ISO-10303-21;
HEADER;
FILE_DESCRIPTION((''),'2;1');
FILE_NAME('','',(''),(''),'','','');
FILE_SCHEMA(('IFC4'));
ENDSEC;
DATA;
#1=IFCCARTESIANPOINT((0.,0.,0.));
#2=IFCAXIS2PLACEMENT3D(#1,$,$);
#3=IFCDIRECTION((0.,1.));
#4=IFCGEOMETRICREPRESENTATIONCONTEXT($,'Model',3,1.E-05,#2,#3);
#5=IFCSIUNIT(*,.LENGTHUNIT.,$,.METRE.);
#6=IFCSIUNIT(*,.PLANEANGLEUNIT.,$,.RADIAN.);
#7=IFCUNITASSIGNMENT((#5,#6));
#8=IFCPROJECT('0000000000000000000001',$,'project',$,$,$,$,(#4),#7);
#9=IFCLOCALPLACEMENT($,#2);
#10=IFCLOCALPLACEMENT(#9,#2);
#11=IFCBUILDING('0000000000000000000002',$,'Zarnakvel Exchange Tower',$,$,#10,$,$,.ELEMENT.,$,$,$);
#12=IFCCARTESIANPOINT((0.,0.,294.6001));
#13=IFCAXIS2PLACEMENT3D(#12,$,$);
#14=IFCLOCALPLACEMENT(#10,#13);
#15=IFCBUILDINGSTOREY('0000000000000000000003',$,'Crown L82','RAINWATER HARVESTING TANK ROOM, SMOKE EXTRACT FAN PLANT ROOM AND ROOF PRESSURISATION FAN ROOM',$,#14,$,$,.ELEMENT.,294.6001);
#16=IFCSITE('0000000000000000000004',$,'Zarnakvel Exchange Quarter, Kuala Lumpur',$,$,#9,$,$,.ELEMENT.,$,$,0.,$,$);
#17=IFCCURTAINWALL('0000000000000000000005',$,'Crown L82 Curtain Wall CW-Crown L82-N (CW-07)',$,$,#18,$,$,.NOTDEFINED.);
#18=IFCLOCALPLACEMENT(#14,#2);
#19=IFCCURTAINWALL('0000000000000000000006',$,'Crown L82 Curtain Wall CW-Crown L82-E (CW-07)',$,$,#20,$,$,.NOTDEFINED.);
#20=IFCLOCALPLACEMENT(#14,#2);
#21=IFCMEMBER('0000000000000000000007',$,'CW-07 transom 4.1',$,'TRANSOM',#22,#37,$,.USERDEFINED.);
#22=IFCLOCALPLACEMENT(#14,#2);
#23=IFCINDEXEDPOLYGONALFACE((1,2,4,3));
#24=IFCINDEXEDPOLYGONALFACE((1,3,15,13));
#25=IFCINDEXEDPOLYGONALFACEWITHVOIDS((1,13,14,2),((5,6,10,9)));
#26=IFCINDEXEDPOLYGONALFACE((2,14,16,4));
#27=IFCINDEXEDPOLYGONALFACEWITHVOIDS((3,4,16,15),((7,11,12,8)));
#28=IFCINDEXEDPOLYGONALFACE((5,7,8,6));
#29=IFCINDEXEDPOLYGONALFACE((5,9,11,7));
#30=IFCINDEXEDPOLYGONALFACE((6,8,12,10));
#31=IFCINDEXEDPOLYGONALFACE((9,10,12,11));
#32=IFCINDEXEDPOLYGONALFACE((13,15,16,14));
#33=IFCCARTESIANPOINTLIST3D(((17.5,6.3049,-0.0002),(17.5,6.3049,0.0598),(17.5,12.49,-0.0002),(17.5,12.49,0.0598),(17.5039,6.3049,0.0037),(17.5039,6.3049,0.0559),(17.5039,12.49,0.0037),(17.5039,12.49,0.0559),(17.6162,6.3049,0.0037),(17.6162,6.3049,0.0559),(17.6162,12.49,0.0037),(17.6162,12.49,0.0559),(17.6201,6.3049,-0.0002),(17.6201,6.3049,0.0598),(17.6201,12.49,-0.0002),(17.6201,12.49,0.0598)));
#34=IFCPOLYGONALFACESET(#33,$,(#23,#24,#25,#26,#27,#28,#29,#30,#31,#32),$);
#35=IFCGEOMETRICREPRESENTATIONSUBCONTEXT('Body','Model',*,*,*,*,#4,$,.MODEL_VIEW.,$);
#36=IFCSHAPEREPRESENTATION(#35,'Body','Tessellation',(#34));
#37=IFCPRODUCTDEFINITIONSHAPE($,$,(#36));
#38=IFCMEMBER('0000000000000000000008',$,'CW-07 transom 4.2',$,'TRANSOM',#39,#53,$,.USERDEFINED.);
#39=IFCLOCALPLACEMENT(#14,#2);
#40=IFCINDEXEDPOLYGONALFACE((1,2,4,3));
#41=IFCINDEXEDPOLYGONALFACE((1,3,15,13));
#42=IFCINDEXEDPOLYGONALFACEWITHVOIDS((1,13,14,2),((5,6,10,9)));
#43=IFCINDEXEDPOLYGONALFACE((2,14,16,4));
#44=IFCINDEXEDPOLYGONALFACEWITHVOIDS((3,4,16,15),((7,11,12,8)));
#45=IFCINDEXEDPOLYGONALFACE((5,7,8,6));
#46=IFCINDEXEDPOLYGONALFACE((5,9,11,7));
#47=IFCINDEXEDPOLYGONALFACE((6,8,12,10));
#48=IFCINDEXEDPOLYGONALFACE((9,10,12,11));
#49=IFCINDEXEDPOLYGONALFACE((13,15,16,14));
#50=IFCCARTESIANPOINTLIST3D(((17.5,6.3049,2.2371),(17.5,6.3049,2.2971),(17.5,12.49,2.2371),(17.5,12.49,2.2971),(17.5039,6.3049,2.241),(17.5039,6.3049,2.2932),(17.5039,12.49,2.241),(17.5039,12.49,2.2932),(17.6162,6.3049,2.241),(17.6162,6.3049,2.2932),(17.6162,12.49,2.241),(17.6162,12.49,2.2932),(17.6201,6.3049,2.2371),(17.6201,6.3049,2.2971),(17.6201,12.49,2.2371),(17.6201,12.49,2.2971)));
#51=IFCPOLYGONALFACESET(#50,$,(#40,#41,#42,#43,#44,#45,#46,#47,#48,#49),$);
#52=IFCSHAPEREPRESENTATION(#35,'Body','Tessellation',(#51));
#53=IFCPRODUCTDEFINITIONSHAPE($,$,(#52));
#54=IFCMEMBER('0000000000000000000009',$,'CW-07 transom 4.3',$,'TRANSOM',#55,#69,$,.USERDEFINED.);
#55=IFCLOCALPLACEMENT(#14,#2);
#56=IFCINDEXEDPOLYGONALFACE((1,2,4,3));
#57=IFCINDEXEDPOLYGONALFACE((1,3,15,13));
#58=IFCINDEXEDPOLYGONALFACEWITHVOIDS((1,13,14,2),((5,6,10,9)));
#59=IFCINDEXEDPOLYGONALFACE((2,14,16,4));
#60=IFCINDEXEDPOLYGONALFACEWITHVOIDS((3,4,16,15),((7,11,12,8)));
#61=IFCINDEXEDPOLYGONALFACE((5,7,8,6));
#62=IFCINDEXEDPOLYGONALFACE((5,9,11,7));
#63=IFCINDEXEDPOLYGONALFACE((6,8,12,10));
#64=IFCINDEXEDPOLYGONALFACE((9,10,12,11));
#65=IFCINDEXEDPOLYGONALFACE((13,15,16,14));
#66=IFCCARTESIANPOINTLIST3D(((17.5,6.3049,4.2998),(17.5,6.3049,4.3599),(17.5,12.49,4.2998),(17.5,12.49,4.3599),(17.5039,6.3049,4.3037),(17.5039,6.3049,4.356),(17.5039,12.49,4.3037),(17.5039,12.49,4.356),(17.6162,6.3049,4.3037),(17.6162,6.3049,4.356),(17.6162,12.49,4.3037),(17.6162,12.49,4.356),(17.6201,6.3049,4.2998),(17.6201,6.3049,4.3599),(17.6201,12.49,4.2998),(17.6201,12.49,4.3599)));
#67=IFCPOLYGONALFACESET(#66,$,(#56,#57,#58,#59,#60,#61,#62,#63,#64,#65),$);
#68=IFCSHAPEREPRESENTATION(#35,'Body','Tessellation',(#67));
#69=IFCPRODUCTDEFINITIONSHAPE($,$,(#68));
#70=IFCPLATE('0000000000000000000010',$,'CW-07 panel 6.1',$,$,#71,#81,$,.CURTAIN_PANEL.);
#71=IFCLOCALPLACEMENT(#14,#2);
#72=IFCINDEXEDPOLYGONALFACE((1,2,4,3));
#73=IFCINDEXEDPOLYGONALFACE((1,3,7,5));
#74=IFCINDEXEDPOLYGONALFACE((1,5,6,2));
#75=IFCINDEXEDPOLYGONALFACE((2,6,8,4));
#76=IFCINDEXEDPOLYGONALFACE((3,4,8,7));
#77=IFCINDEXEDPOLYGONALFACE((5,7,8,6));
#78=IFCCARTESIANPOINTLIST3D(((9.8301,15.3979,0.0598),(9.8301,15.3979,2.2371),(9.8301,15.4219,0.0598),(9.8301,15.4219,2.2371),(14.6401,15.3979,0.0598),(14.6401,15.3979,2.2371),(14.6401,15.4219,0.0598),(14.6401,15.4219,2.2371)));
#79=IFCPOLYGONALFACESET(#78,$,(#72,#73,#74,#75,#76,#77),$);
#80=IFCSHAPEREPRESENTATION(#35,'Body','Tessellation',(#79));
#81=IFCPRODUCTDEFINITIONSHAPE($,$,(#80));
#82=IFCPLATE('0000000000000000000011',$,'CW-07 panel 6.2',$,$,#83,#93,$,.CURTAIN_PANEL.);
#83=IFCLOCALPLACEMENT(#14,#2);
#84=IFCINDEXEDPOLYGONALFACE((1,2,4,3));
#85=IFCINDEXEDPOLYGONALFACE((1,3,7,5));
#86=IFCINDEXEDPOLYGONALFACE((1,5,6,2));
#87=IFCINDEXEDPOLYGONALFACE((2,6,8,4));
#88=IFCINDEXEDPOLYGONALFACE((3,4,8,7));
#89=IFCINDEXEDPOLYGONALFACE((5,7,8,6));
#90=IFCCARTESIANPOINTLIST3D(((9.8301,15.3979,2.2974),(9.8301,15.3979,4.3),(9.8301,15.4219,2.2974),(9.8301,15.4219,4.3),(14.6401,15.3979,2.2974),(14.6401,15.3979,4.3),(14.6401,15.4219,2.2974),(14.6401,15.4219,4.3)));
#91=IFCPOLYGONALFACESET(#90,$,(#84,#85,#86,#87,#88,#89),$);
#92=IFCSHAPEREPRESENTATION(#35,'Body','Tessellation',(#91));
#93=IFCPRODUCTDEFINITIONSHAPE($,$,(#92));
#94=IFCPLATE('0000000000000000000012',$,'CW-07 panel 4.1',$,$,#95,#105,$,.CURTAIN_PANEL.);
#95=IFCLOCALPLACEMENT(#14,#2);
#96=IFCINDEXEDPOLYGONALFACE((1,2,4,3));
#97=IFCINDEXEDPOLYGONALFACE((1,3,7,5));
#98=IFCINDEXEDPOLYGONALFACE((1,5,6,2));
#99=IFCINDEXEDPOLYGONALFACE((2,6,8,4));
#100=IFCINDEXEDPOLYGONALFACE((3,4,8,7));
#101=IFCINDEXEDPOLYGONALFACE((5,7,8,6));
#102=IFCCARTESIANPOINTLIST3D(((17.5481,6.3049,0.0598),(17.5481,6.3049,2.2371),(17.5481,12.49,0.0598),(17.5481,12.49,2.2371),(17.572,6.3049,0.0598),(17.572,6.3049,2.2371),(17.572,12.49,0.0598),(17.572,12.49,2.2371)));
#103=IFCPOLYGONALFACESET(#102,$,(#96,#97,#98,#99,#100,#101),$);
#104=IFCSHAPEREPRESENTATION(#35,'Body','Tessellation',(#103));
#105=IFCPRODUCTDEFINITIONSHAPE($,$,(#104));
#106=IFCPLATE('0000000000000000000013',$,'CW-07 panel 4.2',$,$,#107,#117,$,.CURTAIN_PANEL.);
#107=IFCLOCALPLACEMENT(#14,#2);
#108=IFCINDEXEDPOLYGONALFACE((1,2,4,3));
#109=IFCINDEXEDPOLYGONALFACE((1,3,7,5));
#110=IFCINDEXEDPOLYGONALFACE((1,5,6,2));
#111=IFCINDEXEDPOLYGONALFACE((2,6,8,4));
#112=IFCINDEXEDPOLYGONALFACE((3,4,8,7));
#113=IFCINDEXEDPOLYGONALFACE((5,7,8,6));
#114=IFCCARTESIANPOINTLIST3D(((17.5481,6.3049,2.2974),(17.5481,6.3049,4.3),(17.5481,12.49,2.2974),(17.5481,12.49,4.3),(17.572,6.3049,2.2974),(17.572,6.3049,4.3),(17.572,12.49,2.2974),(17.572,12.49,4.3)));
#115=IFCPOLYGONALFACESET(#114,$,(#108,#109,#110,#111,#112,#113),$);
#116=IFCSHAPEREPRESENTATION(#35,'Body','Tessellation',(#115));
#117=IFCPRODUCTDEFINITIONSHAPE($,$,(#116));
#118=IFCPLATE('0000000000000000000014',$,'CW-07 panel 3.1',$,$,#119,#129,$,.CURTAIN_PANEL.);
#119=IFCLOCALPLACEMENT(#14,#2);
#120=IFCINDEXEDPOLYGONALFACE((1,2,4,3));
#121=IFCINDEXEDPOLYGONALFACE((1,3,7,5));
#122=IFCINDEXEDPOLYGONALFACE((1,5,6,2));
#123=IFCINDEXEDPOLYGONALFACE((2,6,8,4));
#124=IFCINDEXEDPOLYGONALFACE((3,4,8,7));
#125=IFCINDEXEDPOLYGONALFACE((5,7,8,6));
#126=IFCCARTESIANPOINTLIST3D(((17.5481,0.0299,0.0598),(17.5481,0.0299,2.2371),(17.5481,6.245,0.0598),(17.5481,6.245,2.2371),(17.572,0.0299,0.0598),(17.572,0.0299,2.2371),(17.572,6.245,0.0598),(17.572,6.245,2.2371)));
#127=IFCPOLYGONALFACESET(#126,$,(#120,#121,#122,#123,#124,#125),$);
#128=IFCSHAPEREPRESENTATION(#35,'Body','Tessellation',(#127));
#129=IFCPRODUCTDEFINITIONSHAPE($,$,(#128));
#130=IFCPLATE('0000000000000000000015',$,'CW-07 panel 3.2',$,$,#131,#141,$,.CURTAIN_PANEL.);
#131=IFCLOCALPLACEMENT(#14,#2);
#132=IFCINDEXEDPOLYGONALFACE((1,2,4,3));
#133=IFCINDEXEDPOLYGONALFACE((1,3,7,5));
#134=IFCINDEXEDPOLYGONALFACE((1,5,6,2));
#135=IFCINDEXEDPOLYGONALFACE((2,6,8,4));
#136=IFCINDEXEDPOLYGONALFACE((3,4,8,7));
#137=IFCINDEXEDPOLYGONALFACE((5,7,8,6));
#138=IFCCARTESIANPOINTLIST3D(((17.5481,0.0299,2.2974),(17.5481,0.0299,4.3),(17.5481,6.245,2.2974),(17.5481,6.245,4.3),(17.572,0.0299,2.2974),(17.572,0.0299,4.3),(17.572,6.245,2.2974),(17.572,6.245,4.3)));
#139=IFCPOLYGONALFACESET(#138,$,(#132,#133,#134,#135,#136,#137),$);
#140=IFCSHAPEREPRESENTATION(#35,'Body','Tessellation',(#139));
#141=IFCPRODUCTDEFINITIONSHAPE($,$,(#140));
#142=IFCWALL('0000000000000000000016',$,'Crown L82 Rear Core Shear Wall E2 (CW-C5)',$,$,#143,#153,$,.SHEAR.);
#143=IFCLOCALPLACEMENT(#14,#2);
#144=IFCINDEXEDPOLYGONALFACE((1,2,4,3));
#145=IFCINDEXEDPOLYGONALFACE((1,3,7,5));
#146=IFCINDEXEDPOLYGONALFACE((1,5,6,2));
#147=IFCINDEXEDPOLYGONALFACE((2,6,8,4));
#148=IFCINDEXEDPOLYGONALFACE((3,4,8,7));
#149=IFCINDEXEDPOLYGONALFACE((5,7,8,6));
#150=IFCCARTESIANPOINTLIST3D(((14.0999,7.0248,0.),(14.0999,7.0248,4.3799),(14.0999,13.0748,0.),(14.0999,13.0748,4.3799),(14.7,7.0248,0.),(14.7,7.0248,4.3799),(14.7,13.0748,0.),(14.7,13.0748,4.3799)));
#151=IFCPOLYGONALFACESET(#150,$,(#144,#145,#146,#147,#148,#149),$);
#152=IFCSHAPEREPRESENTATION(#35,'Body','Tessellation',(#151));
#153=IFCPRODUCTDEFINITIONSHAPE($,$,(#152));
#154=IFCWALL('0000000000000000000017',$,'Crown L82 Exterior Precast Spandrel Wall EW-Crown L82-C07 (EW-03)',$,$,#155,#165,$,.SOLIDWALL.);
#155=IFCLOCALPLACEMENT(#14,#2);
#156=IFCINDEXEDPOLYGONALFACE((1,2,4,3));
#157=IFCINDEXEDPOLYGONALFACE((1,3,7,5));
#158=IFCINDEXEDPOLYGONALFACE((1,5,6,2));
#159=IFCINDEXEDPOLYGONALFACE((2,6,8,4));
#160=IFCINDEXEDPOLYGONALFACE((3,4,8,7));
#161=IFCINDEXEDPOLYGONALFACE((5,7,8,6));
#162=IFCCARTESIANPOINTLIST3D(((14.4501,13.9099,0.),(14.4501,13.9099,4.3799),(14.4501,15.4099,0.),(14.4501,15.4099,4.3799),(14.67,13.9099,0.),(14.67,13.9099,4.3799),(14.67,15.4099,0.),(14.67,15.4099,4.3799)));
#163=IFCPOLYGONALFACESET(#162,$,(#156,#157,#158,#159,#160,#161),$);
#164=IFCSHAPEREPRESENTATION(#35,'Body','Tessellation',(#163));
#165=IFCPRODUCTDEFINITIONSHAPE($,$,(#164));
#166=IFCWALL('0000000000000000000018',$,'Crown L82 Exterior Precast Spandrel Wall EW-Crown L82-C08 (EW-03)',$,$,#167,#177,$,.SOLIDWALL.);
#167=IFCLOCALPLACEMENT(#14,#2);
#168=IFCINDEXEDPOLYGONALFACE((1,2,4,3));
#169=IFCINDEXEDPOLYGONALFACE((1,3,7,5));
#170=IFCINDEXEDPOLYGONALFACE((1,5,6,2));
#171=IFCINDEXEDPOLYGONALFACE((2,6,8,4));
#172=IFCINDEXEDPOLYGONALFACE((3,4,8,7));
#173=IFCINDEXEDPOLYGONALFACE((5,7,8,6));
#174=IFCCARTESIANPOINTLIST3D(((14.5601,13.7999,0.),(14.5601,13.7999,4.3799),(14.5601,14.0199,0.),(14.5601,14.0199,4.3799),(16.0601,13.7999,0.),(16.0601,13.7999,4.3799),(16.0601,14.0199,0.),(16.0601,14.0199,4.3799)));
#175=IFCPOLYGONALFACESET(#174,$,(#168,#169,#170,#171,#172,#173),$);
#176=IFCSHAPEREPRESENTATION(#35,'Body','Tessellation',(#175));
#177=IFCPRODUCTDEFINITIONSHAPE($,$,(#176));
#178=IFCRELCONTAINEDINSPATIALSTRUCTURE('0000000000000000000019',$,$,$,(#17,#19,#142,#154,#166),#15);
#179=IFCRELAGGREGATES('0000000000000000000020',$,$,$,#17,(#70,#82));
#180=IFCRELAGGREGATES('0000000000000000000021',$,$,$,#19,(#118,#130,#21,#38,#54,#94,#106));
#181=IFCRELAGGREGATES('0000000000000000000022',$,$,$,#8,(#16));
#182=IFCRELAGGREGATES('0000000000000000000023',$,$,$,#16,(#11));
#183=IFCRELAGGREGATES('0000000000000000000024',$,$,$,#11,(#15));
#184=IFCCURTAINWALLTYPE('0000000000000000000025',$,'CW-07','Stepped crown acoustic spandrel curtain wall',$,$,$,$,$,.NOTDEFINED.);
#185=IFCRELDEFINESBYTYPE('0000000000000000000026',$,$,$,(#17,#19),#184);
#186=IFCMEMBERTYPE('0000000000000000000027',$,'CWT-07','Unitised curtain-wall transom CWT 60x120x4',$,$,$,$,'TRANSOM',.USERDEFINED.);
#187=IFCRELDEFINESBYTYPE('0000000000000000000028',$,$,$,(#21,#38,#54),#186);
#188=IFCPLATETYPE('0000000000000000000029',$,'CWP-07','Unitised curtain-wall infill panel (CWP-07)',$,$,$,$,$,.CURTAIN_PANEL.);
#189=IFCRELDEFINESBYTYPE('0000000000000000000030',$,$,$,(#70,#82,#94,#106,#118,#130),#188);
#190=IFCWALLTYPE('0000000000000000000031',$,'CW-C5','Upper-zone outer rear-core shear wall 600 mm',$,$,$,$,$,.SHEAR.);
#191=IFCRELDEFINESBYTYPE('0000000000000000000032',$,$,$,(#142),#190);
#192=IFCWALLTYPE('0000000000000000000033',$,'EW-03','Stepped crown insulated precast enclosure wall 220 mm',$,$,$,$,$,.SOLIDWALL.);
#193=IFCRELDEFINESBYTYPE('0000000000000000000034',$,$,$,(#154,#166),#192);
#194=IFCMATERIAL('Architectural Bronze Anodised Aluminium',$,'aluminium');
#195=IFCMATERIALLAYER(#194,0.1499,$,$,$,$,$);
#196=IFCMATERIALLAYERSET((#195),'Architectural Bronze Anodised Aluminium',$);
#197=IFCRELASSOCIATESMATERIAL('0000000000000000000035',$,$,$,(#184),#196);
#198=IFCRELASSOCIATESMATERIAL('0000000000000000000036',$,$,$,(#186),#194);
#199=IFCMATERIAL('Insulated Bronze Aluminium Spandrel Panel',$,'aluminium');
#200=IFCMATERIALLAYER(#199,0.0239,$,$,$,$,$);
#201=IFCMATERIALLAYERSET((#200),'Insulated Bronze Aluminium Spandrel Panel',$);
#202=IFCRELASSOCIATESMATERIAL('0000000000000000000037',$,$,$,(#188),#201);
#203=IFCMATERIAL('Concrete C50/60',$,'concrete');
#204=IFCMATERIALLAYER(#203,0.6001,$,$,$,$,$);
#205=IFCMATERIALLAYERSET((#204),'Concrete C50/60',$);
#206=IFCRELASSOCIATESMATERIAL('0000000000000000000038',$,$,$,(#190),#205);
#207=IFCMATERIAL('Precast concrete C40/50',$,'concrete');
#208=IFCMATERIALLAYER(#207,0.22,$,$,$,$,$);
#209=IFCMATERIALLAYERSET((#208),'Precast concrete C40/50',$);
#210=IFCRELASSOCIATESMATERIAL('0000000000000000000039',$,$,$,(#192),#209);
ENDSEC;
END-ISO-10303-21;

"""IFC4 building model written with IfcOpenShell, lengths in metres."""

from ifc_helpers import new_model, si_unit, direction, frame, frame_2d, origin, origin_2d, place, context, subcontext, project, spatial, rectangle, hollow_rectangle, extrude, source, transform, mapped, material, layer, layer_set, material_profile, profile_set, type_object, element, aggregate, save


model = new_model("IFC4")

# Units and contexts
model_context = context("Model", 3, precision=1e-05, world=origin(), true_north=direction((0.0, 1.0)))
body_context = subcontext(model_context, "Body", "Model", "MODEL_VIEW")
ifc_project = project(units=[si_unit("LENGTHUNIT", "METRE"), si_unit("PLANEANGLEUNIT", "RADIAN")], contexts=[model_context])

# Site, building, storey
site_placement = place(None, origin())
site = spatial("IfcSite", under=ifc_project, at=site_placement, Name="Zarnakvel Exchange Quarter, Kuala Lumpur", CompositionType="ELEMENT", RefElevation=0.0)
building_placement = place(site_placement, origin())
building = spatial("IfcBuilding", under=site, at=building_placement, Name="Zarnakvel Exchange Tower", CompositionType="ELEMENT")
storey_placement = place(building_placement, frame((0.0, 0.0, 294.6001)))
storey = spatial("IfcBuildingStorey", under=building, at=storey_placement, Name="Crown L82", Description="RAINWATER HARVESTING TANK ROOM, SMOKE EXTRACT FAN PLANT ROOM AND ROOF PRESSURISATION FAN ROOM", CompositionType="ELEMENT", Elevation=294.6001)

# Shared definitions
ifc_material_1 = material(Name="Concrete C50/60", Category="concrete")

# Curtain wall
ifc_material_2 = material(Name="Architectural Bronze Anodised Aluminium", Category="aluminium")
ifc_layer_1 = layer(ifc_material_2, 0.1499)
ifc_layer_set_1 = layer_set([ifc_layer_1], Name="Architectural Bronze Anodised Aluminium")
curtain_wall_type = type_object("IfcCurtainWallType", Name="CW-07", Description="Stepped crown acoustic spandrel curtain wall", PredefinedType="NOTDEFINED", material=ifc_layer_set_1)
curtain_wall_1_placement = place(storey_placement, origin())
curtain_wall_1 = element("IfcCurtainWall", 1, at=curtain_wall_1_placement, inside=storey, type_object=curtain_wall_type, Name="Crown L82 Curtain Wall CW-Crown L82-N (CW-07)", PredefinedType="NOTDEFINED")

# Curtain wall, members
curtain_wall_2_placement = place(storey_placement, origin())
curtain_wall_2 = element("IfcCurtainWall", 2, at=curtain_wall_2_placement, inside=storey, type_object=curtain_wall_type, Name="Crown L82 Curtain Wall CW-Crown L82-E (CW-07)", PredefinedType="NOTDEFINED")
ifc_material_profile_1 = material_profile(ifc_material_2, hollow_rectangle(XDim=0.1201, YDim=0.0601, WallThickness=0.0039, at=origin_2d()))
ifc_profile_set_1 = profile_set([ifc_material_profile_1], Name="Architectural Bronze Anodised Aluminium")
member_type_1 = type_object("IfcMemberType", Name="CWT-07", Description="Unitised curtain-wall transom CWT 60x120x4", ElementType="TRANSOM", PredefinedType="USERDEFINED", material=ifc_profile_set_1)
shared_shape_1 = source(origin(), body_context, "Body", "SweptSolid", [
    extrude(hollow_rectangle(XDim=0.1201, YDim=0.0601, WallThickness=0.0039, at=origin_2d()), origin(), (0.0, 0.0, 1.0), 6.1851),
])
member_1_placement = place(storey_placement, frame((17.5601, 6.3049, 0.0298), z_axis=(0.0, 1.0, 0.0), x_axis=(-1.0, 0.0, 0.0)))
member_1 = element("IfcMember", 3, at=member_1_placement, type_object=member_type_1, Name="CW-07 transom 4.1", ObjectType="TRANSOM", PredefinedType="USERDEFINED", context=body_context, shape_type="MappedRepresentation", body=[
    mapped(shared_shape_1, transform((0.0, 0.0, 0.0), x_axis=(1.0, 0.0, 0.0), y_axis=(0.0, 1.0, 0.0), z_axis=(0.0, 0.0, 1.0), scale=1.0)),
])
member_2_placement = place(storey_placement, frame((17.5601, 6.3049, 2.2671), z_axis=(0.0, 1.0, 0.0), x_axis=(-1.0, 0.0, 0.0)))
member_2 = element("IfcMember", 4, at=member_2_placement, type_object=member_type_1, Name="CW-07 transom 4.2", ObjectType="TRANSOM", PredefinedType="USERDEFINED", context=body_context, shape_type="MappedRepresentation", body=[
    mapped(shared_shape_1, transform((0.0, 0.0, 0.0), x_axis=(1.0, 0.0, 0.0), y_axis=(0.0, 1.0, 0.0), z_axis=(0.0, 0.0, 1.0), scale=1.0)),
])
member_3_placement = place(storey_placement, frame((17.5601, 6.3049, 4.3298), z_axis=(0.0, 1.0, 0.0), x_axis=(-1.0, 0.0, 0.0)))
member_3 = element("IfcMember", 5, at=member_3_placement, type_object=member_type_1, Name="CW-07 transom 4.3", ObjectType="TRANSOM", PredefinedType="USERDEFINED", context=body_context, shape_type="MappedRepresentation", body=[
    mapped(shared_shape_1, transform((0.0, 0.0, 0.0), x_axis=(1.0, 0.0, 0.0), y_axis=(0.0, 1.0, 0.0), z_axis=(0.0, 0.0, 1.0), scale=1.0)),
])

# Plates
ifc_material_3 = material(Name="Insulated Bronze Aluminium Spandrel Panel", Category="aluminium")
ifc_layer_2 = layer(ifc_material_3, 0.0239)
ifc_layer_set_2 = layer_set([ifc_layer_2], Name="Insulated Bronze Aluminium Spandrel Panel")
plate_type = type_object("IfcPlateType", Name="CWP-07", Description="Unitised curtain-wall infill panel (CWP-07)", PredefinedType="CURTAIN_PANEL", material=ifc_layer_set_2)
shared_shape_2 = source(origin(), body_context, "Body", "SweptSolid", [
    extrude(rectangle(XDim=4.8101, YDim=0.0239, at=origin_2d()), origin(), (0.0, 0.0, 1.0), 2.1772),
])
plate_1_placement = place(storey_placement, frame((12.2351, 15.4099, 0.0598), z_axis=(0.0, 0.0, 1.0), x_axis=(1.0, 0.0, 0.0)))
plate_1 = element("IfcPlate", 6, at=plate_1_placement, type_object=plate_type, Name="CW-07 panel 6.1", PredefinedType="CURTAIN_PANEL", context=body_context, shape_type="MappedRepresentation", body=[
    mapped(shared_shape_2, transform((0.0, 0.0, 0.0), x_axis=(1.0, 0.0, 0.0), y_axis=(0.0, 1.0, 0.0), z_axis=(0.0, 0.0, 1.0), scale=1.0)),
])
shared_shape_3 = source(origin(), body_context, "Body", "SweptSolid", [
    extrude(rectangle(XDim=4.8101, YDim=0.0239, at=origin_2d()), origin(), (0.0, 0.0, 1.0), 2.0027),
])
plate_2_placement = place(storey_placement, frame((12.2351, 15.4099, 2.2974), z_axis=(0.0, 0.0, 1.0), x_axis=(1.0, 0.0, 0.0)))
plate_2 = element("IfcPlate", 7, at=plate_2_placement, type_object=plate_type, Name="CW-07 panel 6.2", PredefinedType="CURTAIN_PANEL", context=body_context, shape_type="MappedRepresentation", body=[
    mapped(shared_shape_3, transform((0.0, 0.0, 0.0), x_axis=(1.0, 0.0, 0.0), y_axis=(0.0, 1.0, 0.0), z_axis=(0.0, 0.0, 1.0), scale=1.0)),
])
aggregate(curtain_wall_1, [plate_1, plate_2])
shared_shape_4 = source(origin(), body_context, "Body", "SweptSolid", [
    extrude(rectangle(XDim=6.1851, YDim=0.0239, at=origin_2d()), origin(), (0.0, 0.0, 1.0), 2.1772),
])
plate_3_placement = place(storey_placement, frame((17.5601, 9.3975, 0.0598), z_axis=(0.0, 0.0, 1.0), x_axis=(0.0, 1.0, 0.0)))
plate_3 = element("IfcPlate", 8, at=plate_3_placement, type_object=plate_type, Name="CW-07 panel 4.1", PredefinedType="CURTAIN_PANEL", context=body_context, shape_type="MappedRepresentation", body=[
    mapped(shared_shape_4, transform((0.0, 0.0, 0.0), x_axis=(1.0, 0.0, 0.0), y_axis=(0.0, 1.0, 0.0), z_axis=(0.0, 0.0, 1.0), scale=1.0)),
])
shared_shape_5 = source(origin(), body_context, "Body", "SweptSolid", [
    extrude(rectangle(XDim=6.1851, YDim=0.0239, at=origin_2d()), origin(), (0.0, 0.0, 1.0), 2.0027),
])
plate_4_placement = place(storey_placement, frame((17.5601, 9.3975, 2.2974), z_axis=(0.0, 0.0, 1.0), x_axis=(0.0, 1.0, 0.0)))
plate_4 = element("IfcPlate", 9, at=plate_4_placement, type_object=plate_type, Name="CW-07 panel 4.2", PredefinedType="CURTAIN_PANEL", context=body_context, shape_type="MappedRepresentation", body=[
    mapped(shared_shape_5, transform((0.0, 0.0, 0.0), x_axis=(1.0, 0.0, 0.0), y_axis=(0.0, 1.0, 0.0), z_axis=(0.0, 0.0, 1.0), scale=1.0)),
])
shared_shape_6 = source(origin(), body_context, "Body", "SweptSolid", [
    extrude(rectangle(XDim=6.2151, YDim=0.0239, at=origin_2d()), origin(), (0.0, 0.0, 1.0), 2.1772),
])
plate_5_placement = place(storey_placement, frame((17.5601, 3.1375, 0.0598), z_axis=(0.0, 0.0, 1.0), x_axis=(0.0, 1.0, 0.0)))
plate_5 = element("IfcPlate", 10, at=plate_5_placement, type_object=plate_type, Name="CW-07 panel 3.1", PredefinedType="CURTAIN_PANEL", context=body_context, shape_type="MappedRepresentation", body=[
    mapped(shared_shape_6, transform((0.0, 0.0, 0.0), x_axis=(1.0, 0.0, 0.0), y_axis=(0.0, 1.0, 0.0), z_axis=(0.0, 0.0, 1.0), scale=1.0)),
])
shared_shape_7 = source(origin(), body_context, "Body", "SweptSolid", [
    extrude(rectangle(XDim=6.2151, YDim=0.0239, at=origin_2d()), origin(), (0.0, 0.0, 1.0), 2.0027),
])
plate_6_placement = place(storey_placement, frame((17.5601, 3.1375, 2.2974), z_axis=(0.0, 0.0, 1.0), x_axis=(0.0, 1.0, 0.0)))
plate_6 = element("IfcPlate", 11, at=plate_6_placement, type_object=plate_type, Name="CW-07 panel 3.2", PredefinedType="CURTAIN_PANEL", context=body_context, shape_type="MappedRepresentation", body=[
    mapped(shared_shape_7, transform((0.0, 0.0, 0.0), x_axis=(1.0, 0.0, 0.0), y_axis=(0.0, 1.0, 0.0), z_axis=(0.0, 0.0, 1.0), scale=1.0)),
])
aggregate(curtain_wall_2, [plate_5, plate_6, member_1, member_2, member_3, plate_3, plate_4])

# Walls
ifc_layer_3 = layer(ifc_material_1, 0.6001)
ifc_layer_set_3 = layer_set([ifc_layer_3], Name="Concrete C50/60")
wall_type_1 = type_object("IfcWallType", Name="CW-C5", Description="Upper-zone outer rear-core shear wall 600 mm", PredefinedType="SHEAR", material=ifc_layer_set_3)
wall_1_placement = place(storey_placement, frame((14.3999, 7.0249, 0.0), z_axis=(0.0, 0.0, 1.0), x_axis=(0.0, 1.0, 0.0)))
element("IfcWall", 12, at=wall_1_placement, inside=storey, type_object=wall_type_1, Name="Crown L82 Rear Core Shear Wall E2 (CW-C5)", PredefinedType="SHEAR", context=body_context, shape_type="SweptSolid", body=[
    extrude(rectangle(XDim=6.05, YDim=0.6001, at=frame_2d((3.0249, 0.0))), origin(), (0.0, 0.0, 1.0), 4.3799),
])
ifc_material_4 = material(Name="Precast concrete C40/50", Category="concrete")
ifc_layer_4 = layer(ifc_material_4, 0.22)
ifc_layer_set_4 = layer_set([ifc_layer_4], Name="Precast concrete C40/50")
wall_type_2 = type_object("IfcWallType", Name="EW-03", Description="Stepped crown insulated precast enclosure wall 220 mm", PredefinedType="SOLIDWALL", material=ifc_layer_set_4)
for number, where, z_axis, x_axis, name in (
    (13, (14.5601, 13.9099, 0.0), (0.0, 0.0, 1.0), (0.0, 1.0, 0.0), "Crown L82 Exterior Precast Spandrel Wall EW-Crown L82-C07 (EW-03)"),
    (14, (16.0601, 13.9099, 0.0), (0.0, 0.0, 1.0), (-1.0, 0.0, 0.0), "Crown L82 Exterior Precast Spandrel Wall EW-Crown L82-C08 (EW-03)"),
):
    element("IfcWall", number, at=place(storey_placement, frame(where, z_axis=z_axis, x_axis=x_axis)), inside=storey, type_object=wall_type_2, Name=name, PredefinedType="SOLIDWALL", context=body_context, shape_type="SweptSolid", body=[
        extrude(rectangle(XDim=1.5, YDim=0.22, at=frame_2d((0.75, 0.0))), origin(), (0.0, 0.0, 1.0), 4.3799),
    ])

save(model, "model.ifc")
